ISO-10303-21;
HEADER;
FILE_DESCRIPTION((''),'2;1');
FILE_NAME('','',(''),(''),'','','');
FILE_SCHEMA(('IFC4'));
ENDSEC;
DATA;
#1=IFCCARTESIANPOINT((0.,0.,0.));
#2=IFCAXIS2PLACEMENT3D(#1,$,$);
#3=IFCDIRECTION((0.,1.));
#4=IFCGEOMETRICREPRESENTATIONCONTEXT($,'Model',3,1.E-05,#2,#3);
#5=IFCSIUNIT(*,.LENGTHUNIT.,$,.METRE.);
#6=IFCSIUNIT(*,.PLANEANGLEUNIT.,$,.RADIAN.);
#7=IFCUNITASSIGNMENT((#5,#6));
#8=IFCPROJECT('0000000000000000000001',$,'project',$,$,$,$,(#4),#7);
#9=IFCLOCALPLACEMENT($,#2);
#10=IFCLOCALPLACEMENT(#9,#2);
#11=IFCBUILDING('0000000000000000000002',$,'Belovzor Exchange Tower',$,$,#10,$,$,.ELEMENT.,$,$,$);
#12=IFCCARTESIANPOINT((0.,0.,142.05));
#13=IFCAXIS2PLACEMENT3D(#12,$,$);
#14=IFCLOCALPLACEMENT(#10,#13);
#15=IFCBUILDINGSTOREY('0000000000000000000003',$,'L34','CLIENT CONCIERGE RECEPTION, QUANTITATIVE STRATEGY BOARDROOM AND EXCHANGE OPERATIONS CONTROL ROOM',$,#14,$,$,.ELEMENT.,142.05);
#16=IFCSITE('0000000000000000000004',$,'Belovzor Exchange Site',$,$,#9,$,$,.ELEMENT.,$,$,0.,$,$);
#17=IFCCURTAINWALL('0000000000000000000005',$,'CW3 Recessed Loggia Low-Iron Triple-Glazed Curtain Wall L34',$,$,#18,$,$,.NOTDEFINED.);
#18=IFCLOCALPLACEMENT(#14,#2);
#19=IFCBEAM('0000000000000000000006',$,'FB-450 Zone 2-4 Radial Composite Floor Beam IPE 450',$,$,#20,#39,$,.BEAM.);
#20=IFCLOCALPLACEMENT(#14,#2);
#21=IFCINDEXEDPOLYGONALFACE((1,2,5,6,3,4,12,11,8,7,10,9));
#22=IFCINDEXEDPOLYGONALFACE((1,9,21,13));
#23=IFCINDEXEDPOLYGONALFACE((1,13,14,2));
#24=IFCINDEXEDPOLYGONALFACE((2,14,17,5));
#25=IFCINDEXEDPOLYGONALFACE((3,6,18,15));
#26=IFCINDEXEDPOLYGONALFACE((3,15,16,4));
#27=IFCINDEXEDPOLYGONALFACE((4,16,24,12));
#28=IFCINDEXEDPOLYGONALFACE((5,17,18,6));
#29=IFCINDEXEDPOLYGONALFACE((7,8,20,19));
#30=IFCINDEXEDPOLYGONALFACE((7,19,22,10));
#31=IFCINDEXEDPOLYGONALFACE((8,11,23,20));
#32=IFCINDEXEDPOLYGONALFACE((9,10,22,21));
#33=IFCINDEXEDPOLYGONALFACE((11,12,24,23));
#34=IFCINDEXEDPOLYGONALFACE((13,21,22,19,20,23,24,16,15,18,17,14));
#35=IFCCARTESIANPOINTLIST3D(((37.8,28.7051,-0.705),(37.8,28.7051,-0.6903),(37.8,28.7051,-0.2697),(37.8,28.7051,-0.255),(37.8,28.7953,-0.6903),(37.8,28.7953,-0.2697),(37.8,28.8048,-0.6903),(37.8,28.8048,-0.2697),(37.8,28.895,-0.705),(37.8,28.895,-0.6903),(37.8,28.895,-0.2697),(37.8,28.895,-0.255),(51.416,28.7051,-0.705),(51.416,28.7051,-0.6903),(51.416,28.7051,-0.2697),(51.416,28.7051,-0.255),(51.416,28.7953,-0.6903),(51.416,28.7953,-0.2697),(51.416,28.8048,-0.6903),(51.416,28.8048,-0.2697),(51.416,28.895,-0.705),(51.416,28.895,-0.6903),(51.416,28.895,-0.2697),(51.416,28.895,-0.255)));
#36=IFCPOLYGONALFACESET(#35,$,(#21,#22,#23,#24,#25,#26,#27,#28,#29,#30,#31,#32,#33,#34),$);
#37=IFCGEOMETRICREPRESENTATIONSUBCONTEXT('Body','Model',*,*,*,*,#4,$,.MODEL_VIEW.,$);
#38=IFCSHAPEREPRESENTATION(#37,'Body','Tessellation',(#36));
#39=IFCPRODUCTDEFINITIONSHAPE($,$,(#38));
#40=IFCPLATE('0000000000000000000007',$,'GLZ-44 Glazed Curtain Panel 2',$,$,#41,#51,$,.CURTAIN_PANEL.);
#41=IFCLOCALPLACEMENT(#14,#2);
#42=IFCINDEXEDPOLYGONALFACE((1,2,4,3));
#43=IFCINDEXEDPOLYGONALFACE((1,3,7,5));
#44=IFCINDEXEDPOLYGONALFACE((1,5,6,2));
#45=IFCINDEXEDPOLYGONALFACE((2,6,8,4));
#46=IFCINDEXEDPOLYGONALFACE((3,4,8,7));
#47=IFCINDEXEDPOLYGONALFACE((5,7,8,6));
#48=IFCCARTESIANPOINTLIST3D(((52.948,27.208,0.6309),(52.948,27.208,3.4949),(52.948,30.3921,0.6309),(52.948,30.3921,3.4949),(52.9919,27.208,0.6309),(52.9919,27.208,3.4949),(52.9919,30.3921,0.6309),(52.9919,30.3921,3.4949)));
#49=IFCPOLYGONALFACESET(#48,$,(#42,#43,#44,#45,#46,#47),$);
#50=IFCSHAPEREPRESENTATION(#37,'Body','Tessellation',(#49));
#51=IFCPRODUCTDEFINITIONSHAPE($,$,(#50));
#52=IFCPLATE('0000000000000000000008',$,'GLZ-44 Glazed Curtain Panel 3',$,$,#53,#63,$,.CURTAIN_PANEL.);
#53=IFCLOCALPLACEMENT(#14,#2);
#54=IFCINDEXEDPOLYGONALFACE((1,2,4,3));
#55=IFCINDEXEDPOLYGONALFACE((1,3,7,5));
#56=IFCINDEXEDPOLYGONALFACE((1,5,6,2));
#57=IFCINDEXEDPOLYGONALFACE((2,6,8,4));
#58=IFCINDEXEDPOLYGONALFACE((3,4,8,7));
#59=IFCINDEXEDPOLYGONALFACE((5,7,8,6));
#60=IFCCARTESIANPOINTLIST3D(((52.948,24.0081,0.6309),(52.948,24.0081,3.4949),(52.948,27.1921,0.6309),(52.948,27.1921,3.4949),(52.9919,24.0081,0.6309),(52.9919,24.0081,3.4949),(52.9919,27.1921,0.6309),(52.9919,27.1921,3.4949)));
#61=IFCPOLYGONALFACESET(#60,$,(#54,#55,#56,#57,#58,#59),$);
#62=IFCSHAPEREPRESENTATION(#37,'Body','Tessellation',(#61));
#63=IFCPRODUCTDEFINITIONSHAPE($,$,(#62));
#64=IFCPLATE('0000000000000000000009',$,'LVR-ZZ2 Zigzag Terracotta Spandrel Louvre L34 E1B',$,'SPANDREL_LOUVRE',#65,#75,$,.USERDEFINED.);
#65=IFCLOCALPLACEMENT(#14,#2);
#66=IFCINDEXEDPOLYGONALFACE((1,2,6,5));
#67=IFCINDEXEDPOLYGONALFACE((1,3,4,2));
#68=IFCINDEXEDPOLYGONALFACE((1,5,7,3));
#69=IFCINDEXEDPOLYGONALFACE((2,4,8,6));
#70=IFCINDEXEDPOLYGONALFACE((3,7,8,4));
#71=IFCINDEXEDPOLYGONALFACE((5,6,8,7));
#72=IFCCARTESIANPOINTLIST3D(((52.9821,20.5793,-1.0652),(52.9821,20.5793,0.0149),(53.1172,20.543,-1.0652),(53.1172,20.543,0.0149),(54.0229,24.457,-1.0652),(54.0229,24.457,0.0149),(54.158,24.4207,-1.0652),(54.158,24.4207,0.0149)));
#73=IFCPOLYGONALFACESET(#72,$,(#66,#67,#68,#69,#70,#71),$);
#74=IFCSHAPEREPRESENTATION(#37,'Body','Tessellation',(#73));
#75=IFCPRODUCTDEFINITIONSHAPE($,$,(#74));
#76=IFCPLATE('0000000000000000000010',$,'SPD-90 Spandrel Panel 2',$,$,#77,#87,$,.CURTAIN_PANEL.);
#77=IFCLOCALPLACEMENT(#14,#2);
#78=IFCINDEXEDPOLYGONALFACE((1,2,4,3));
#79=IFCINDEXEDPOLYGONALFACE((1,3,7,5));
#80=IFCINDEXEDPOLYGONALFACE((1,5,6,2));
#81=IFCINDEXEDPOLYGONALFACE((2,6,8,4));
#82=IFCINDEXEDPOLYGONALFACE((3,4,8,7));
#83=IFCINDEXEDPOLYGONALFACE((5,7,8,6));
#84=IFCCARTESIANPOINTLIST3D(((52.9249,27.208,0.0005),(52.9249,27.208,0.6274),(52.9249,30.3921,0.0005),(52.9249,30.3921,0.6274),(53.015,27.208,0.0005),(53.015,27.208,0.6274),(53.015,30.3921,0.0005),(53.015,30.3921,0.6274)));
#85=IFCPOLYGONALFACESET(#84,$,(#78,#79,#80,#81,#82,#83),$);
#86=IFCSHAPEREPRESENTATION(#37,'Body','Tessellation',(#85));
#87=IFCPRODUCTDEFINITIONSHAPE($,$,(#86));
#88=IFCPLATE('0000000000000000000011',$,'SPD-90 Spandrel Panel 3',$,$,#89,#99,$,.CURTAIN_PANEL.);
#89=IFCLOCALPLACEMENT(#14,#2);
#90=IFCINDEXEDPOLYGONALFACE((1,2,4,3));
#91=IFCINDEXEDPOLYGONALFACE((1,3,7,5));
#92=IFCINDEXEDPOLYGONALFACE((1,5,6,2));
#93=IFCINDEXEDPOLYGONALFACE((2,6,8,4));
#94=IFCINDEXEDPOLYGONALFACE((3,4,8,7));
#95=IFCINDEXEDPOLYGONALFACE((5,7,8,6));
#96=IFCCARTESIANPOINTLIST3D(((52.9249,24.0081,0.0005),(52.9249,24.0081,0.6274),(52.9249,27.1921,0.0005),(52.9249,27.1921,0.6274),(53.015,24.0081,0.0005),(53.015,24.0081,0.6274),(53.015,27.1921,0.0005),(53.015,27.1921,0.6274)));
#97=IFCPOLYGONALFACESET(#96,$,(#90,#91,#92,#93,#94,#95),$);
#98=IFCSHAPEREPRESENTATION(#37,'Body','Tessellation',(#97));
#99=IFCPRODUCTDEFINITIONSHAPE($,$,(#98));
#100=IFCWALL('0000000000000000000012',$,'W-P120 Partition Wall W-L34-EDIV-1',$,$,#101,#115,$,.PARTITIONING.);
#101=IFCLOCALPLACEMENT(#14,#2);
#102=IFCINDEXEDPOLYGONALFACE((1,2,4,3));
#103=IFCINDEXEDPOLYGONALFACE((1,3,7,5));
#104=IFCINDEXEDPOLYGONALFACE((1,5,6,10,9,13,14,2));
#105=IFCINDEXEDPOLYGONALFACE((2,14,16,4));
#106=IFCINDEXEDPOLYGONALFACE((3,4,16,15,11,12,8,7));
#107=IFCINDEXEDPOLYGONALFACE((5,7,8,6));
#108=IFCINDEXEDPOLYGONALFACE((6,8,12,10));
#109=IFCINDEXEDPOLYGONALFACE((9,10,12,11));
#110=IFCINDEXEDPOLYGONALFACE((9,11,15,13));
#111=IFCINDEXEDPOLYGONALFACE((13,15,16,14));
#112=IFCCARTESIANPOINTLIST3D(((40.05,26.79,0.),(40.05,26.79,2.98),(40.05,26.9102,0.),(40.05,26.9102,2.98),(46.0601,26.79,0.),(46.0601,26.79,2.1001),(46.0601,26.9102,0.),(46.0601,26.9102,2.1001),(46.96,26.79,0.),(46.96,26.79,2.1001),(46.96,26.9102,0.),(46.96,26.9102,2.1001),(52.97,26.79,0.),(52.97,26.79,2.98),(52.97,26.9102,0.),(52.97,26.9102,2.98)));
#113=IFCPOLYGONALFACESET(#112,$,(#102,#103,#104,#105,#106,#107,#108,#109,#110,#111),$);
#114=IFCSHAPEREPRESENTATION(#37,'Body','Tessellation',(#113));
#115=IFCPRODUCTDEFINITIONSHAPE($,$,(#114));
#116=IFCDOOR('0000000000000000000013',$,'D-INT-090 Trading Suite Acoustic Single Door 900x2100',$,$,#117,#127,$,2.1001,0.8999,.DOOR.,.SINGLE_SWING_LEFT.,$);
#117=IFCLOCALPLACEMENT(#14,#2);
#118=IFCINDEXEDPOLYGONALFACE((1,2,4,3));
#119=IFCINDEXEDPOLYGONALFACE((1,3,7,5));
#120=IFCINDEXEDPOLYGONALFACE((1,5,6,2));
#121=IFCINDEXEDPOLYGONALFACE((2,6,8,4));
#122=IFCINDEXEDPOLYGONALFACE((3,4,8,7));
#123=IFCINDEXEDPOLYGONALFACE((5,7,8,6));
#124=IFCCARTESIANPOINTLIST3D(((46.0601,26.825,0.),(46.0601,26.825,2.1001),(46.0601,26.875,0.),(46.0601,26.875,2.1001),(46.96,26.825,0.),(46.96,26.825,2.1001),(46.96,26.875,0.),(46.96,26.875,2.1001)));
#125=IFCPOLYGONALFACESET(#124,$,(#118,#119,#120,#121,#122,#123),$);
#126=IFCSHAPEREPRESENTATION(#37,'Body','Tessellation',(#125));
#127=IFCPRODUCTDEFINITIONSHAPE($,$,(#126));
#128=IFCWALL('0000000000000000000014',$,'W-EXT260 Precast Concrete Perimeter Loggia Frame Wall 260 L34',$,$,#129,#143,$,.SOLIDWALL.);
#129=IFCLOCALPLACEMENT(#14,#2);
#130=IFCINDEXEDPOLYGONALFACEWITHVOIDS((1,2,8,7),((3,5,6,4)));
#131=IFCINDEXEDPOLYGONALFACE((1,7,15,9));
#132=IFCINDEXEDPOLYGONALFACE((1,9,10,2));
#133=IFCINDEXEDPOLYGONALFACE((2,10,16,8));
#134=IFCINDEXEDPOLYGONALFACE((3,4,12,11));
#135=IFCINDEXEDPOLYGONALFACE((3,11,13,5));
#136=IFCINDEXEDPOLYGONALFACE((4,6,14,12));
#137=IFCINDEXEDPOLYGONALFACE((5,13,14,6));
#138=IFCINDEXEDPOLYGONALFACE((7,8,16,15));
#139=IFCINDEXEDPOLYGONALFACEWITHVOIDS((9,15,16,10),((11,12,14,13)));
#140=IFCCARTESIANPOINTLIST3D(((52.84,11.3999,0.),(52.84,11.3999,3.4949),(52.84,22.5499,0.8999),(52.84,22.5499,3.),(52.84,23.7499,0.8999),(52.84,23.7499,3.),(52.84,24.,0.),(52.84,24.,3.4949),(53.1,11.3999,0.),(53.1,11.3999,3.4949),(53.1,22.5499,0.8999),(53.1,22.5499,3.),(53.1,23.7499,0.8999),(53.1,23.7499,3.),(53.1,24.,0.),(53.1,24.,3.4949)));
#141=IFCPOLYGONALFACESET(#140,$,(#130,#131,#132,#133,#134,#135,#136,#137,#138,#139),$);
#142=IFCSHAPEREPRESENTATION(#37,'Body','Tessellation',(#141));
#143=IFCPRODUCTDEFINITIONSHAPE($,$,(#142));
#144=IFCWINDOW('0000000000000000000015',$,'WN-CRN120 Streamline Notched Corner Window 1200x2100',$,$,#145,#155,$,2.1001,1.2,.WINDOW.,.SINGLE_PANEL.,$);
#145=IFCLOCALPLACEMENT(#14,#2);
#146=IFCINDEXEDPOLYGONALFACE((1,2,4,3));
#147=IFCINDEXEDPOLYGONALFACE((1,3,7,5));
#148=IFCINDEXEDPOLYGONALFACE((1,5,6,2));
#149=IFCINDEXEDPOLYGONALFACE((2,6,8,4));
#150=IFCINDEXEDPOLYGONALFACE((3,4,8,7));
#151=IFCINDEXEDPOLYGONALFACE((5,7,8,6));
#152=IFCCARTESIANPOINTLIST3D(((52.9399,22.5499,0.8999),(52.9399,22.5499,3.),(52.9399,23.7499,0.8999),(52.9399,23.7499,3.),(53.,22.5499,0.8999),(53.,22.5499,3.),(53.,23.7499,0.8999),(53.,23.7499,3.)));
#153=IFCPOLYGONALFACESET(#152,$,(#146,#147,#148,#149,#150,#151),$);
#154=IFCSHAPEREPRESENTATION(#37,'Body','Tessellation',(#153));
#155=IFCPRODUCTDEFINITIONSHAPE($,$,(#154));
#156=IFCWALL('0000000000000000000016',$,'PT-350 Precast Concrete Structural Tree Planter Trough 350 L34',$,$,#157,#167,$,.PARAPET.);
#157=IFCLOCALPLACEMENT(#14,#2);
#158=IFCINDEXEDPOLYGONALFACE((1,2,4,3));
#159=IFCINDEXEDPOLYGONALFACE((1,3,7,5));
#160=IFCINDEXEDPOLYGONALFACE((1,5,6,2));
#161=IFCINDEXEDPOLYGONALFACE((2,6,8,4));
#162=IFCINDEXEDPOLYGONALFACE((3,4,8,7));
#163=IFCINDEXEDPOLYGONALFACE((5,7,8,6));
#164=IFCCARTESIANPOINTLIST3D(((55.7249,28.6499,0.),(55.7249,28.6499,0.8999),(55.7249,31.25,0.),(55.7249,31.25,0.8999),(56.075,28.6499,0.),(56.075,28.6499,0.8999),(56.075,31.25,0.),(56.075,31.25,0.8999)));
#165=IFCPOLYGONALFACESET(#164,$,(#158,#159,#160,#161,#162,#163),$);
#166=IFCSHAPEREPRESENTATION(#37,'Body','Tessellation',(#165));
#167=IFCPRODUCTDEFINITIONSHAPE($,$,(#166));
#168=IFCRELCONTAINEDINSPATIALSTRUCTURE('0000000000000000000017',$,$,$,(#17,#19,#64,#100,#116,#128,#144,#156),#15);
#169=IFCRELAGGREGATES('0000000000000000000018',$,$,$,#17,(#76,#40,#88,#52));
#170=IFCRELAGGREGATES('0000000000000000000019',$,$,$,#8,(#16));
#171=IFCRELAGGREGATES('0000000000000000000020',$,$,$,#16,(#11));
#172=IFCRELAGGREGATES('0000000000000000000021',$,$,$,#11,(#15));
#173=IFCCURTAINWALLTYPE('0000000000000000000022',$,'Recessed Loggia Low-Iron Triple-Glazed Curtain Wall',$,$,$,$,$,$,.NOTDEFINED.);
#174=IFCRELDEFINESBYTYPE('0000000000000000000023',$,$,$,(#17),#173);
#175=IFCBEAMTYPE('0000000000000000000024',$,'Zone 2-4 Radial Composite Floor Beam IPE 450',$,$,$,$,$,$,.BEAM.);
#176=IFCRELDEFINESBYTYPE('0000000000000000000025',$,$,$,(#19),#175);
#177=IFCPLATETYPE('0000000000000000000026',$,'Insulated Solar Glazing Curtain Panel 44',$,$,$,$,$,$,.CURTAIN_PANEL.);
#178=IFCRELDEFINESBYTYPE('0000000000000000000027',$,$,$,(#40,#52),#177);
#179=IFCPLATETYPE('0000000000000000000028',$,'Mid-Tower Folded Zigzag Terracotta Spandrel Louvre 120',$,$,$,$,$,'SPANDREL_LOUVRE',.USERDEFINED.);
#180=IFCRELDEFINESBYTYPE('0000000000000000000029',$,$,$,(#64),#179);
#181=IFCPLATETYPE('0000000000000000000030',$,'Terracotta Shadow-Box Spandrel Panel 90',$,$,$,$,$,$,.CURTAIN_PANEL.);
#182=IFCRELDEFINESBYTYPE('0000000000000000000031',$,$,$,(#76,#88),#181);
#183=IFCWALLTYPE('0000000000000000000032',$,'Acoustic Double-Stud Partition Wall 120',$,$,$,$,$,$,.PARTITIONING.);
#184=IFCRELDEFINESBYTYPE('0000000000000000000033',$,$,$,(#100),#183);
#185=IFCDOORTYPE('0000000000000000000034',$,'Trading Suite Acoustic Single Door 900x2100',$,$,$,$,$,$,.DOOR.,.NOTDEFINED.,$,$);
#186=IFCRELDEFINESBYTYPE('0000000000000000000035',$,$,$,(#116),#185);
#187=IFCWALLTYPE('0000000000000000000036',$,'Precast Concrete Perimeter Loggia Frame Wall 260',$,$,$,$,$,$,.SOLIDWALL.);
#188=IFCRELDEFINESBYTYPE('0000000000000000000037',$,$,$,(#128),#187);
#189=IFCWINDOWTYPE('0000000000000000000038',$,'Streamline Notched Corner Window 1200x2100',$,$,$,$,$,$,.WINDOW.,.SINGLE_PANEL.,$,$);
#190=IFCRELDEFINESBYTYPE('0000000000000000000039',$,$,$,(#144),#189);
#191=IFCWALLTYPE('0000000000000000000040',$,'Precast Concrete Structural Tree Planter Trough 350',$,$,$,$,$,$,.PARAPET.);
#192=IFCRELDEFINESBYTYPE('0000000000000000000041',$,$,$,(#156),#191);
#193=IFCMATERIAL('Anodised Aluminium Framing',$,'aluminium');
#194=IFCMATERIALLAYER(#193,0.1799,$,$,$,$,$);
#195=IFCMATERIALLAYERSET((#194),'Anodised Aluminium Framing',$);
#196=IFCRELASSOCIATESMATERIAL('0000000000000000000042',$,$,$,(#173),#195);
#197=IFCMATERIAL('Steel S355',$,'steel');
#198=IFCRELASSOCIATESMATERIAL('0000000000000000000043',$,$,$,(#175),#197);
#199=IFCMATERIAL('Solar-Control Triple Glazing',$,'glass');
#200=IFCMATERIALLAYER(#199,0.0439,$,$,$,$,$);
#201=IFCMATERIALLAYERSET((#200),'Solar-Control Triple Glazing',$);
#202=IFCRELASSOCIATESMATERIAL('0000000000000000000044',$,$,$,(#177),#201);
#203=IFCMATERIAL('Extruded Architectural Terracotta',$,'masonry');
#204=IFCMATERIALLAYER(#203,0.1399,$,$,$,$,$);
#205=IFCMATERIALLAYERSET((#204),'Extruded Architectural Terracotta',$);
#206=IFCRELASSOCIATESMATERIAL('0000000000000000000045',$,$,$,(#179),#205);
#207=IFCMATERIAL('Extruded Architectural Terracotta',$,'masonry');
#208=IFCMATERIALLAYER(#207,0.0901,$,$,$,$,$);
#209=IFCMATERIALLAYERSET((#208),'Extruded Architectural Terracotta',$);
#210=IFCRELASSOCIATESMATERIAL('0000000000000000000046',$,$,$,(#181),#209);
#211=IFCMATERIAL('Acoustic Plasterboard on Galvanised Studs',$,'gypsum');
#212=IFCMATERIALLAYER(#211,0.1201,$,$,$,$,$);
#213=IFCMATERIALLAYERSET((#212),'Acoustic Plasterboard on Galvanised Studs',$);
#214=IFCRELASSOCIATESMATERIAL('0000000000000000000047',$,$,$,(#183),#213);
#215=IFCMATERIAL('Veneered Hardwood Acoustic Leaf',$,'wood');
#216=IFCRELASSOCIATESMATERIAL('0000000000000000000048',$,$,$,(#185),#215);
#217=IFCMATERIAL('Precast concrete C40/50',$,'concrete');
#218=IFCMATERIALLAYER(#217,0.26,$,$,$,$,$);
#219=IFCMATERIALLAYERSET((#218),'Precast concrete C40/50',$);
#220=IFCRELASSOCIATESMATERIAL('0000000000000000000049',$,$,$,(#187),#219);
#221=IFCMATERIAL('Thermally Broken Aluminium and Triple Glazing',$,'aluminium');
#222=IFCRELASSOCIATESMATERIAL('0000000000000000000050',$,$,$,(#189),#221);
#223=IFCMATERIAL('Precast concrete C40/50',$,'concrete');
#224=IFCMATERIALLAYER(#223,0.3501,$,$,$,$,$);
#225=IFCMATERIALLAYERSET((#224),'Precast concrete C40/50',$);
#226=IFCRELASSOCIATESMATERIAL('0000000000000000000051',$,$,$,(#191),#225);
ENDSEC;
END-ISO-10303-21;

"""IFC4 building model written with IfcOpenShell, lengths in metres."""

from ifc_helpers import new_model, si_unit, direction, frame, frame_2d, origin, origin_2d, place, context, subcontext, project, spatial, rectangle, i_section, extrude, material, layer, layer_set, material_profile, profile_set, type_object, element, fill, aggregate, save


model = new_model("IFC4")

# Units and contexts
model_context = context("Model", 3, precision=1e-05, world=origin(), true_north=direction((0.0, 1.0)))
body_context = subcontext(model_context, "Body", "Model", "MODEL_VIEW")
ifc_project = project(units=[si_unit("LENGTHUNIT", "METRE"), si_unit("PLANEANGLEUNIT", "RADIAN")], contexts=[model_context])

# Site, building, storey
site_placement = place(None, origin())
site = spatial("IfcSite", under=ifc_project, at=site_placement, Name="Belovzor Exchange Site", CompositionType="ELEMENT", RefElevation=0.0)
building_placement = place(site_placement, origin())
building = spatial("IfcBuilding", under=site, at=building_placement, Name="Belovzor Exchange Tower", CompositionType="ELEMENT")
storey_placement = place(building_placement, frame((0.0, 0.0, 142.05)))
storey = spatial("IfcBuildingStorey", under=building, at=storey_placement, Name="L34", Description="CLIENT CONCIERGE RECEPTION, QUANTITATIVE STRATEGY BOARDROOM AND EXCHANGE OPERATIONS CONTROL ROOM", CompositionType="ELEMENT", Elevation=142.05)

# Curtain wall
ifc_material_1 = material(Name="Anodised Aluminium Framing", Category="aluminium")
ifc_layer_1 = layer(ifc_material_1, 0.1799)
ifc_layer_set_1 = layer_set([ifc_layer_1], Name="Anodised Aluminium Framing")
curtain_wall_type = type_object("IfcCurtainWallType", Name="Recessed Loggia Low-Iron Triple-Glazed Curtain Wall", PredefinedType="NOTDEFINED", material=ifc_layer_set_1)
curtain_wall_placement = place(storey_placement, origin())
curtain_wall = element("IfcCurtainWall", 1, at=curtain_wall_placement, inside=storey, type_object=curtain_wall_type, Name="CW3 Recessed Loggia Low-Iron Triple-Glazed Curtain Wall L34", PredefinedType="NOTDEFINED")

# Beam
ifc_material_2 = material(Name="Steel S355", Category="steel")
ifc_material_profile_1 = material_profile(ifc_material_2, i_section(OverallWidth=0.1899, OverallDepth=0.45, WebThickness=0.0095, FlangeThickness=0.0146, at=origin_2d()))
ifc_profile_set_1 = profile_set([ifc_material_profile_1], Name="Steel S355")
beam_type_1 = type_object("IfcBeamType", Name="Zone 2-4 Radial Composite Floor Beam IPE 450", PredefinedType="BEAM", material=ifc_profile_set_1)
beam_1_placement = place(storey_placement, frame((37.8, 28.8, -0.48), z_axis=(1.0, 0.0, 0.0), x_axis=(0.0, 1.0, 0.0)))
element("IfcBeam", 2, at=beam_1_placement, inside=storey, type_object=beam_type_1, Name="FB-450 Zone 2-4 Radial Composite Floor Beam IPE 450", PredefinedType="BEAM", context=body_context, shape_type="SweptSolid", body=[
    extrude(i_section(OverallWidth=0.1899, OverallDepth=0.45, WebThickness=0.0095, FlangeThickness=0.0146, at=origin_2d()), origin(), (0.0, 0.0, 1.0), 13.616),
])

# Plates
ifc_material_3 = material(Name="Solar-Control Triple Glazing", Category="glass")
ifc_layer_2 = layer(ifc_material_3, 0.0439)
ifc_layer_set_2 = layer_set([ifc_layer_2], Name="Solar-Control Triple Glazing")
plate_type_1 = type_object("IfcPlateType", Name="Insulated Solar Glazing Curtain Panel 44", PredefinedType="CURTAIN_PANEL", material=ifc_layer_set_2)
plate_1_placement = place(storey_placement, frame((52.97, 28.8, 0.6309), z_axis=(0.0, 0.0, 1.0), x_axis=(0.0, -1.0, 0.0)))
plate_1 = element("IfcPlate", 3, at=plate_1_placement, type_object=plate_type_1, Name="GLZ-44 Glazed Curtain Panel 2", PredefinedType="CURTAIN_PANEL", context=body_context, shape_type="SweptSolid", body=[
    extrude(rectangle(XDim=3.1841, YDim=0.0439, at=origin_2d()), origin(), (0.0, 0.0, 1.0), 2.864),
])
plate_2_placement = place(storey_placement, frame((52.97, 25.6001, 0.6309), z_axis=(0.0, 0.0, 1.0), x_axis=(0.0, -1.0, 0.0)))
plate_2 = element("IfcPlate", 4, at=plate_2_placement, type_object=plate_type_1, Name="GLZ-44 Glazed Curtain Panel 3", PredefinedType="CURTAIN_PANEL", context=body_context, shape_type="SweptSolid", body=[
    extrude(rectangle(XDim=3.1841, YDim=0.0439, at=origin_2d()), origin(), (0.0, 0.0, 1.0), 2.864),
])
ifc_material_4 = material(Name="Extruded Architectural Terracotta", Category="masonry")
ifc_layer_3 = layer(ifc_material_4, 0.1399)
ifc_layer_set_3 = layer_set([ifc_layer_3], Name="Extruded Architectural Terracotta")
plate_type_2 = type_object("IfcPlateType", Name="Mid-Tower Folded Zigzag Terracotta Spandrel Louvre 120", ElementType="SPANDREL_LOUVRE", PredefinedType="USERDEFINED", material=ifc_layer_set_3)
plate_3_placement = place(storey_placement, frame((53.5701, 22.5, -1.0652), z_axis=(0.0, 0.0, 1.0), x_axis=(0.25924, 0.965813, 0.0)))
element("IfcPlate", 5, at=plate_3_placement, inside=storey, type_object=plate_type_2, Name="LVR-ZZ2 Zigzag Terracotta Spandrel Louvre L34 E1B", ObjectType="SPANDREL_LOUVRE", PredefinedType="USERDEFINED", context=body_context, shape_type="SweptSolid", body=[
    extrude(rectangle(XDim=4.0149, YDim=0.1399, at=origin_2d()), origin(), (0.0, 0.0, 1.0), 1.0801),
])
ifc_material_5 = material(Name="Extruded Architectural Terracotta", Category="masonry")
ifc_layer_4 = layer(ifc_material_5, 0.0901)
ifc_layer_set_4 = layer_set([ifc_layer_4], Name="Extruded Architectural Terracotta")
plate_type_3 = type_object("IfcPlateType", Name="Terracotta Shadow-Box Spandrel Panel 90", PredefinedType="CURTAIN_PANEL", material=ifc_layer_set_4)
plate_4_placement = place(storey_placement, frame((52.97, 28.8, 0.0005), z_axis=(0.0, 0.0, 1.0), x_axis=(0.0, -1.0, 0.0)))
plate_4 = element("IfcPlate", 6, at=plate_4_placement, type_object=plate_type_3, Name="SPD-90 Spandrel Panel 2", PredefinedType="CURTAIN_PANEL", context=body_context, shape_type="SweptSolid", body=[
    extrude(rectangle(XDim=3.1841, YDim=0.0901, at=origin_2d()), origin(), (0.0, 0.0, 1.0), 0.627),
])
plate_5_placement = place(storey_placement, frame((52.97, 25.6001, 0.0005), z_axis=(0.0, 0.0, 1.0), x_axis=(0.0, -1.0, 0.0)))
plate_5 = element("IfcPlate", 7, at=plate_5_placement, type_object=plate_type_3, Name="SPD-90 Spandrel Panel 3", PredefinedType="CURTAIN_PANEL", context=body_context, shape_type="SweptSolid", body=[
    extrude(rectangle(XDim=3.1841, YDim=0.0901, at=origin_2d()), origin(), (0.0, 0.0, 1.0), 0.627),
])
aggregate(curtain_wall, [plate_4, plate_1, plate_5, plate_2])

# Wall, opening, door
ifc_material_6 = material(Name="Acoustic Plasterboard on Galvanised Studs", Category="gypsum")
ifc_layer_5 = layer(ifc_material_6, 0.1201)
ifc_layer_set_5 = layer_set([ifc_layer_5], Name="Acoustic Plasterboard on Galvanised Studs")
wall_type_1 = type_object("IfcWallType", Name="Acoustic Double-Stud Partition Wall 120", PredefinedType="PARTITIONING", material=ifc_layer_set_5)
wall_1_placement = place(storey_placement, frame((40.05, 26.8501, 0.0), z_axis=(0.0, 0.0, 1.0), x_axis=(1.0, 0.0, 0.0)))
wall_1 = element("IfcWall", 8, at=wall_1_placement, inside=storey, type_object=wall_type_1, Name="W-P120 Partition Wall W-L34-EDIV-1", PredefinedType="PARTITIONING", context=body_context, shape_type="SweptSolid", body=[
    extrude(rectangle(XDim=12.9199, YDim=0.1201, at=frame_2d((6.46, 0.0))), origin(), (0.0, 0.0, 1.0), 2.98),
])
opening_1_placement = place(wall_1_placement, frame((6.01, 0.0, 0.0)))
opening_1 = element("IfcOpeningElement", 9, at=opening_1_placement, cuts=wall_1, PredefinedType="OPENING", context=body_context, shape_type="SweptSolid", body=[
    extrude(rectangle(XDim=0.8999, YDim=2.1001, at=frame_2d((0.45, 1.05))), frame((0.0, 0.0701, 0.0), z_axis=(0.0, -1.0, 0.0), x_axis=(1.0, 0.0, 0.0)), (0.0, 0.0, 1.0), 0.1401),
])
ifc_material_7 = material(Name="Veneered Hardwood Acoustic Leaf", Category="wood")
door_type = type_object("IfcDoorType", Name="Trading Suite Acoustic Single Door 900x2100", OperationType="NOTDEFINED", PredefinedType="DOOR", material=ifc_material_7)
door_placement = place(opening_1_placement, origin())
door = element("IfcDoor", 10, at=door_placement, inside=storey, type_object=door_type, Name="D-INT-090 Trading Suite Acoustic Single Door 900x2100", OperationType="SINGLE_SWING_LEFT", OverallHeight=2.1001, OverallWidth=0.8999, PredefinedType="DOOR", context=body_context, shape_type="SweptSolid", body=[
    extrude(rectangle(XDim=0.8999, YDim=2.1001, at=frame_2d((0.45, 1.05))), frame((0.0, 0.0249, 0.0), z_axis=(0.0, -1.0, 0.0), x_axis=(1.0, 0.0, 0.0)), (0.0, 0.0, 1.0), 0.05),
])
fill(opening_1, door)

# Wall, opening, window
ifc_material_8 = material(Name="Precast concrete C40/50", Category="concrete")
ifc_layer_6 = layer(ifc_material_8, 0.26)
ifc_layer_set_6 = layer_set([ifc_layer_6], Name="Precast concrete C40/50")
wall_type_2 = type_object("IfcWallType", Name="Precast Concrete Perimeter Loggia Frame Wall 260", PredefinedType="SOLIDWALL", material=ifc_layer_set_6)
wall_2_placement = place(storey_placement, frame((52.97, 24.0, 0.0), z_axis=(0.0, 0.0, 1.0), x_axis=(0.0, -1.0, 0.0)))
wall_2 = element("IfcWall", 11, at=wall_2_placement, inside=storey, type_object=wall_type_2, Name="W-EXT260 Precast Concrete Perimeter Loggia Frame Wall 260 L34", PredefinedType="SOLIDWALL", context=body_context, shape_type="SweptSolid", body=[
    extrude(rectangle(XDim=12.6001, YDim=0.26, at=frame_2d((6.3, 0.0))), origin(), (0.0, 0.0, 1.0), 3.4949),
])
opening_2_placement = place(wall_2_placement, frame((0.25, 0.0, 0.8999)))
opening_2 = element("IfcOpeningElement", 12, at=opening_2_placement, cuts=wall_2, PredefinedType="OPENING", context=body_context, shape_type="SweptSolid", body=[
    extrude(rectangle(XDim=1.2, YDim=2.1001, at=frame_2d((0.6001, 1.05))), frame((0.0, 0.1399, 0.0), z_axis=(0.0, -1.0, 0.0), x_axis=(1.0, 0.0, 0.0)), (0.0, 0.0, 1.0), 0.28),
])
ifc_material_9 = material(Name="Thermally Broken Aluminium and Triple Glazing", Category="aluminium")
window_type = type_object("IfcWindowType", Name="Streamline Notched Corner Window 1200x2100", PartitioningType="SINGLE_PANEL", PredefinedType="WINDOW", material=ifc_material_9)
window_placement = place(opening_2_placement, origin())
window = element("IfcWindow", 13, at=window_placement, inside=storey, type_object=window_type, Name="WN-CRN120 Streamline Notched Corner Window 1200x2100", OverallHeight=2.1001, OverallWidth=1.2, PartitioningType="SINGLE_PANEL", PredefinedType="WINDOW", context=body_context, shape_type="SweptSolid", body=[
    extrude(rectangle(XDim=1.2, YDim=2.1001, at=frame_2d((0.6001, 1.05))), frame((0.0, 0.03, 0.0), z_axis=(0.0, -1.0, 0.0), x_axis=(1.0, 0.0, 0.0)), (0.0, 0.0, 1.0), 0.0601),
])
fill(opening_2, window)

# Wall
ifc_material_10 = material(Name="Precast concrete C40/50", Category="concrete")
ifc_layer_7 = layer(ifc_material_10, 0.3501)
ifc_layer_set_7 = layer_set([ifc_layer_7], Name="Precast concrete C40/50")
wall_type_3 = type_object("IfcWallType", Name="Precast Concrete Structural Tree Planter Trough 350", PredefinedType="PARAPET", material=ifc_layer_set_7)
wall_3_placement = place(storey_placement, frame((55.8999, 28.6499, 0.0), z_axis=(0.0, 0.0, 1.0), x_axis=(0.0, 1.0, 0.0)))
element("IfcWall", 14, at=wall_3_placement, inside=storey, type_object=wall_type_3, Name="PT-350 Precast Concrete Structural Tree Planter Trough 350 L34", PredefinedType="PARAPET", context=body_context, shape_type="SweptSolid", body=[
    extrude(rectangle(XDim=2.6001, YDim=0.3501, at=frame_2d((1.3, 0.0))), origin(), (0.0, 0.0, 1.0), 0.8999),
])

save(model, "model.ifc")
